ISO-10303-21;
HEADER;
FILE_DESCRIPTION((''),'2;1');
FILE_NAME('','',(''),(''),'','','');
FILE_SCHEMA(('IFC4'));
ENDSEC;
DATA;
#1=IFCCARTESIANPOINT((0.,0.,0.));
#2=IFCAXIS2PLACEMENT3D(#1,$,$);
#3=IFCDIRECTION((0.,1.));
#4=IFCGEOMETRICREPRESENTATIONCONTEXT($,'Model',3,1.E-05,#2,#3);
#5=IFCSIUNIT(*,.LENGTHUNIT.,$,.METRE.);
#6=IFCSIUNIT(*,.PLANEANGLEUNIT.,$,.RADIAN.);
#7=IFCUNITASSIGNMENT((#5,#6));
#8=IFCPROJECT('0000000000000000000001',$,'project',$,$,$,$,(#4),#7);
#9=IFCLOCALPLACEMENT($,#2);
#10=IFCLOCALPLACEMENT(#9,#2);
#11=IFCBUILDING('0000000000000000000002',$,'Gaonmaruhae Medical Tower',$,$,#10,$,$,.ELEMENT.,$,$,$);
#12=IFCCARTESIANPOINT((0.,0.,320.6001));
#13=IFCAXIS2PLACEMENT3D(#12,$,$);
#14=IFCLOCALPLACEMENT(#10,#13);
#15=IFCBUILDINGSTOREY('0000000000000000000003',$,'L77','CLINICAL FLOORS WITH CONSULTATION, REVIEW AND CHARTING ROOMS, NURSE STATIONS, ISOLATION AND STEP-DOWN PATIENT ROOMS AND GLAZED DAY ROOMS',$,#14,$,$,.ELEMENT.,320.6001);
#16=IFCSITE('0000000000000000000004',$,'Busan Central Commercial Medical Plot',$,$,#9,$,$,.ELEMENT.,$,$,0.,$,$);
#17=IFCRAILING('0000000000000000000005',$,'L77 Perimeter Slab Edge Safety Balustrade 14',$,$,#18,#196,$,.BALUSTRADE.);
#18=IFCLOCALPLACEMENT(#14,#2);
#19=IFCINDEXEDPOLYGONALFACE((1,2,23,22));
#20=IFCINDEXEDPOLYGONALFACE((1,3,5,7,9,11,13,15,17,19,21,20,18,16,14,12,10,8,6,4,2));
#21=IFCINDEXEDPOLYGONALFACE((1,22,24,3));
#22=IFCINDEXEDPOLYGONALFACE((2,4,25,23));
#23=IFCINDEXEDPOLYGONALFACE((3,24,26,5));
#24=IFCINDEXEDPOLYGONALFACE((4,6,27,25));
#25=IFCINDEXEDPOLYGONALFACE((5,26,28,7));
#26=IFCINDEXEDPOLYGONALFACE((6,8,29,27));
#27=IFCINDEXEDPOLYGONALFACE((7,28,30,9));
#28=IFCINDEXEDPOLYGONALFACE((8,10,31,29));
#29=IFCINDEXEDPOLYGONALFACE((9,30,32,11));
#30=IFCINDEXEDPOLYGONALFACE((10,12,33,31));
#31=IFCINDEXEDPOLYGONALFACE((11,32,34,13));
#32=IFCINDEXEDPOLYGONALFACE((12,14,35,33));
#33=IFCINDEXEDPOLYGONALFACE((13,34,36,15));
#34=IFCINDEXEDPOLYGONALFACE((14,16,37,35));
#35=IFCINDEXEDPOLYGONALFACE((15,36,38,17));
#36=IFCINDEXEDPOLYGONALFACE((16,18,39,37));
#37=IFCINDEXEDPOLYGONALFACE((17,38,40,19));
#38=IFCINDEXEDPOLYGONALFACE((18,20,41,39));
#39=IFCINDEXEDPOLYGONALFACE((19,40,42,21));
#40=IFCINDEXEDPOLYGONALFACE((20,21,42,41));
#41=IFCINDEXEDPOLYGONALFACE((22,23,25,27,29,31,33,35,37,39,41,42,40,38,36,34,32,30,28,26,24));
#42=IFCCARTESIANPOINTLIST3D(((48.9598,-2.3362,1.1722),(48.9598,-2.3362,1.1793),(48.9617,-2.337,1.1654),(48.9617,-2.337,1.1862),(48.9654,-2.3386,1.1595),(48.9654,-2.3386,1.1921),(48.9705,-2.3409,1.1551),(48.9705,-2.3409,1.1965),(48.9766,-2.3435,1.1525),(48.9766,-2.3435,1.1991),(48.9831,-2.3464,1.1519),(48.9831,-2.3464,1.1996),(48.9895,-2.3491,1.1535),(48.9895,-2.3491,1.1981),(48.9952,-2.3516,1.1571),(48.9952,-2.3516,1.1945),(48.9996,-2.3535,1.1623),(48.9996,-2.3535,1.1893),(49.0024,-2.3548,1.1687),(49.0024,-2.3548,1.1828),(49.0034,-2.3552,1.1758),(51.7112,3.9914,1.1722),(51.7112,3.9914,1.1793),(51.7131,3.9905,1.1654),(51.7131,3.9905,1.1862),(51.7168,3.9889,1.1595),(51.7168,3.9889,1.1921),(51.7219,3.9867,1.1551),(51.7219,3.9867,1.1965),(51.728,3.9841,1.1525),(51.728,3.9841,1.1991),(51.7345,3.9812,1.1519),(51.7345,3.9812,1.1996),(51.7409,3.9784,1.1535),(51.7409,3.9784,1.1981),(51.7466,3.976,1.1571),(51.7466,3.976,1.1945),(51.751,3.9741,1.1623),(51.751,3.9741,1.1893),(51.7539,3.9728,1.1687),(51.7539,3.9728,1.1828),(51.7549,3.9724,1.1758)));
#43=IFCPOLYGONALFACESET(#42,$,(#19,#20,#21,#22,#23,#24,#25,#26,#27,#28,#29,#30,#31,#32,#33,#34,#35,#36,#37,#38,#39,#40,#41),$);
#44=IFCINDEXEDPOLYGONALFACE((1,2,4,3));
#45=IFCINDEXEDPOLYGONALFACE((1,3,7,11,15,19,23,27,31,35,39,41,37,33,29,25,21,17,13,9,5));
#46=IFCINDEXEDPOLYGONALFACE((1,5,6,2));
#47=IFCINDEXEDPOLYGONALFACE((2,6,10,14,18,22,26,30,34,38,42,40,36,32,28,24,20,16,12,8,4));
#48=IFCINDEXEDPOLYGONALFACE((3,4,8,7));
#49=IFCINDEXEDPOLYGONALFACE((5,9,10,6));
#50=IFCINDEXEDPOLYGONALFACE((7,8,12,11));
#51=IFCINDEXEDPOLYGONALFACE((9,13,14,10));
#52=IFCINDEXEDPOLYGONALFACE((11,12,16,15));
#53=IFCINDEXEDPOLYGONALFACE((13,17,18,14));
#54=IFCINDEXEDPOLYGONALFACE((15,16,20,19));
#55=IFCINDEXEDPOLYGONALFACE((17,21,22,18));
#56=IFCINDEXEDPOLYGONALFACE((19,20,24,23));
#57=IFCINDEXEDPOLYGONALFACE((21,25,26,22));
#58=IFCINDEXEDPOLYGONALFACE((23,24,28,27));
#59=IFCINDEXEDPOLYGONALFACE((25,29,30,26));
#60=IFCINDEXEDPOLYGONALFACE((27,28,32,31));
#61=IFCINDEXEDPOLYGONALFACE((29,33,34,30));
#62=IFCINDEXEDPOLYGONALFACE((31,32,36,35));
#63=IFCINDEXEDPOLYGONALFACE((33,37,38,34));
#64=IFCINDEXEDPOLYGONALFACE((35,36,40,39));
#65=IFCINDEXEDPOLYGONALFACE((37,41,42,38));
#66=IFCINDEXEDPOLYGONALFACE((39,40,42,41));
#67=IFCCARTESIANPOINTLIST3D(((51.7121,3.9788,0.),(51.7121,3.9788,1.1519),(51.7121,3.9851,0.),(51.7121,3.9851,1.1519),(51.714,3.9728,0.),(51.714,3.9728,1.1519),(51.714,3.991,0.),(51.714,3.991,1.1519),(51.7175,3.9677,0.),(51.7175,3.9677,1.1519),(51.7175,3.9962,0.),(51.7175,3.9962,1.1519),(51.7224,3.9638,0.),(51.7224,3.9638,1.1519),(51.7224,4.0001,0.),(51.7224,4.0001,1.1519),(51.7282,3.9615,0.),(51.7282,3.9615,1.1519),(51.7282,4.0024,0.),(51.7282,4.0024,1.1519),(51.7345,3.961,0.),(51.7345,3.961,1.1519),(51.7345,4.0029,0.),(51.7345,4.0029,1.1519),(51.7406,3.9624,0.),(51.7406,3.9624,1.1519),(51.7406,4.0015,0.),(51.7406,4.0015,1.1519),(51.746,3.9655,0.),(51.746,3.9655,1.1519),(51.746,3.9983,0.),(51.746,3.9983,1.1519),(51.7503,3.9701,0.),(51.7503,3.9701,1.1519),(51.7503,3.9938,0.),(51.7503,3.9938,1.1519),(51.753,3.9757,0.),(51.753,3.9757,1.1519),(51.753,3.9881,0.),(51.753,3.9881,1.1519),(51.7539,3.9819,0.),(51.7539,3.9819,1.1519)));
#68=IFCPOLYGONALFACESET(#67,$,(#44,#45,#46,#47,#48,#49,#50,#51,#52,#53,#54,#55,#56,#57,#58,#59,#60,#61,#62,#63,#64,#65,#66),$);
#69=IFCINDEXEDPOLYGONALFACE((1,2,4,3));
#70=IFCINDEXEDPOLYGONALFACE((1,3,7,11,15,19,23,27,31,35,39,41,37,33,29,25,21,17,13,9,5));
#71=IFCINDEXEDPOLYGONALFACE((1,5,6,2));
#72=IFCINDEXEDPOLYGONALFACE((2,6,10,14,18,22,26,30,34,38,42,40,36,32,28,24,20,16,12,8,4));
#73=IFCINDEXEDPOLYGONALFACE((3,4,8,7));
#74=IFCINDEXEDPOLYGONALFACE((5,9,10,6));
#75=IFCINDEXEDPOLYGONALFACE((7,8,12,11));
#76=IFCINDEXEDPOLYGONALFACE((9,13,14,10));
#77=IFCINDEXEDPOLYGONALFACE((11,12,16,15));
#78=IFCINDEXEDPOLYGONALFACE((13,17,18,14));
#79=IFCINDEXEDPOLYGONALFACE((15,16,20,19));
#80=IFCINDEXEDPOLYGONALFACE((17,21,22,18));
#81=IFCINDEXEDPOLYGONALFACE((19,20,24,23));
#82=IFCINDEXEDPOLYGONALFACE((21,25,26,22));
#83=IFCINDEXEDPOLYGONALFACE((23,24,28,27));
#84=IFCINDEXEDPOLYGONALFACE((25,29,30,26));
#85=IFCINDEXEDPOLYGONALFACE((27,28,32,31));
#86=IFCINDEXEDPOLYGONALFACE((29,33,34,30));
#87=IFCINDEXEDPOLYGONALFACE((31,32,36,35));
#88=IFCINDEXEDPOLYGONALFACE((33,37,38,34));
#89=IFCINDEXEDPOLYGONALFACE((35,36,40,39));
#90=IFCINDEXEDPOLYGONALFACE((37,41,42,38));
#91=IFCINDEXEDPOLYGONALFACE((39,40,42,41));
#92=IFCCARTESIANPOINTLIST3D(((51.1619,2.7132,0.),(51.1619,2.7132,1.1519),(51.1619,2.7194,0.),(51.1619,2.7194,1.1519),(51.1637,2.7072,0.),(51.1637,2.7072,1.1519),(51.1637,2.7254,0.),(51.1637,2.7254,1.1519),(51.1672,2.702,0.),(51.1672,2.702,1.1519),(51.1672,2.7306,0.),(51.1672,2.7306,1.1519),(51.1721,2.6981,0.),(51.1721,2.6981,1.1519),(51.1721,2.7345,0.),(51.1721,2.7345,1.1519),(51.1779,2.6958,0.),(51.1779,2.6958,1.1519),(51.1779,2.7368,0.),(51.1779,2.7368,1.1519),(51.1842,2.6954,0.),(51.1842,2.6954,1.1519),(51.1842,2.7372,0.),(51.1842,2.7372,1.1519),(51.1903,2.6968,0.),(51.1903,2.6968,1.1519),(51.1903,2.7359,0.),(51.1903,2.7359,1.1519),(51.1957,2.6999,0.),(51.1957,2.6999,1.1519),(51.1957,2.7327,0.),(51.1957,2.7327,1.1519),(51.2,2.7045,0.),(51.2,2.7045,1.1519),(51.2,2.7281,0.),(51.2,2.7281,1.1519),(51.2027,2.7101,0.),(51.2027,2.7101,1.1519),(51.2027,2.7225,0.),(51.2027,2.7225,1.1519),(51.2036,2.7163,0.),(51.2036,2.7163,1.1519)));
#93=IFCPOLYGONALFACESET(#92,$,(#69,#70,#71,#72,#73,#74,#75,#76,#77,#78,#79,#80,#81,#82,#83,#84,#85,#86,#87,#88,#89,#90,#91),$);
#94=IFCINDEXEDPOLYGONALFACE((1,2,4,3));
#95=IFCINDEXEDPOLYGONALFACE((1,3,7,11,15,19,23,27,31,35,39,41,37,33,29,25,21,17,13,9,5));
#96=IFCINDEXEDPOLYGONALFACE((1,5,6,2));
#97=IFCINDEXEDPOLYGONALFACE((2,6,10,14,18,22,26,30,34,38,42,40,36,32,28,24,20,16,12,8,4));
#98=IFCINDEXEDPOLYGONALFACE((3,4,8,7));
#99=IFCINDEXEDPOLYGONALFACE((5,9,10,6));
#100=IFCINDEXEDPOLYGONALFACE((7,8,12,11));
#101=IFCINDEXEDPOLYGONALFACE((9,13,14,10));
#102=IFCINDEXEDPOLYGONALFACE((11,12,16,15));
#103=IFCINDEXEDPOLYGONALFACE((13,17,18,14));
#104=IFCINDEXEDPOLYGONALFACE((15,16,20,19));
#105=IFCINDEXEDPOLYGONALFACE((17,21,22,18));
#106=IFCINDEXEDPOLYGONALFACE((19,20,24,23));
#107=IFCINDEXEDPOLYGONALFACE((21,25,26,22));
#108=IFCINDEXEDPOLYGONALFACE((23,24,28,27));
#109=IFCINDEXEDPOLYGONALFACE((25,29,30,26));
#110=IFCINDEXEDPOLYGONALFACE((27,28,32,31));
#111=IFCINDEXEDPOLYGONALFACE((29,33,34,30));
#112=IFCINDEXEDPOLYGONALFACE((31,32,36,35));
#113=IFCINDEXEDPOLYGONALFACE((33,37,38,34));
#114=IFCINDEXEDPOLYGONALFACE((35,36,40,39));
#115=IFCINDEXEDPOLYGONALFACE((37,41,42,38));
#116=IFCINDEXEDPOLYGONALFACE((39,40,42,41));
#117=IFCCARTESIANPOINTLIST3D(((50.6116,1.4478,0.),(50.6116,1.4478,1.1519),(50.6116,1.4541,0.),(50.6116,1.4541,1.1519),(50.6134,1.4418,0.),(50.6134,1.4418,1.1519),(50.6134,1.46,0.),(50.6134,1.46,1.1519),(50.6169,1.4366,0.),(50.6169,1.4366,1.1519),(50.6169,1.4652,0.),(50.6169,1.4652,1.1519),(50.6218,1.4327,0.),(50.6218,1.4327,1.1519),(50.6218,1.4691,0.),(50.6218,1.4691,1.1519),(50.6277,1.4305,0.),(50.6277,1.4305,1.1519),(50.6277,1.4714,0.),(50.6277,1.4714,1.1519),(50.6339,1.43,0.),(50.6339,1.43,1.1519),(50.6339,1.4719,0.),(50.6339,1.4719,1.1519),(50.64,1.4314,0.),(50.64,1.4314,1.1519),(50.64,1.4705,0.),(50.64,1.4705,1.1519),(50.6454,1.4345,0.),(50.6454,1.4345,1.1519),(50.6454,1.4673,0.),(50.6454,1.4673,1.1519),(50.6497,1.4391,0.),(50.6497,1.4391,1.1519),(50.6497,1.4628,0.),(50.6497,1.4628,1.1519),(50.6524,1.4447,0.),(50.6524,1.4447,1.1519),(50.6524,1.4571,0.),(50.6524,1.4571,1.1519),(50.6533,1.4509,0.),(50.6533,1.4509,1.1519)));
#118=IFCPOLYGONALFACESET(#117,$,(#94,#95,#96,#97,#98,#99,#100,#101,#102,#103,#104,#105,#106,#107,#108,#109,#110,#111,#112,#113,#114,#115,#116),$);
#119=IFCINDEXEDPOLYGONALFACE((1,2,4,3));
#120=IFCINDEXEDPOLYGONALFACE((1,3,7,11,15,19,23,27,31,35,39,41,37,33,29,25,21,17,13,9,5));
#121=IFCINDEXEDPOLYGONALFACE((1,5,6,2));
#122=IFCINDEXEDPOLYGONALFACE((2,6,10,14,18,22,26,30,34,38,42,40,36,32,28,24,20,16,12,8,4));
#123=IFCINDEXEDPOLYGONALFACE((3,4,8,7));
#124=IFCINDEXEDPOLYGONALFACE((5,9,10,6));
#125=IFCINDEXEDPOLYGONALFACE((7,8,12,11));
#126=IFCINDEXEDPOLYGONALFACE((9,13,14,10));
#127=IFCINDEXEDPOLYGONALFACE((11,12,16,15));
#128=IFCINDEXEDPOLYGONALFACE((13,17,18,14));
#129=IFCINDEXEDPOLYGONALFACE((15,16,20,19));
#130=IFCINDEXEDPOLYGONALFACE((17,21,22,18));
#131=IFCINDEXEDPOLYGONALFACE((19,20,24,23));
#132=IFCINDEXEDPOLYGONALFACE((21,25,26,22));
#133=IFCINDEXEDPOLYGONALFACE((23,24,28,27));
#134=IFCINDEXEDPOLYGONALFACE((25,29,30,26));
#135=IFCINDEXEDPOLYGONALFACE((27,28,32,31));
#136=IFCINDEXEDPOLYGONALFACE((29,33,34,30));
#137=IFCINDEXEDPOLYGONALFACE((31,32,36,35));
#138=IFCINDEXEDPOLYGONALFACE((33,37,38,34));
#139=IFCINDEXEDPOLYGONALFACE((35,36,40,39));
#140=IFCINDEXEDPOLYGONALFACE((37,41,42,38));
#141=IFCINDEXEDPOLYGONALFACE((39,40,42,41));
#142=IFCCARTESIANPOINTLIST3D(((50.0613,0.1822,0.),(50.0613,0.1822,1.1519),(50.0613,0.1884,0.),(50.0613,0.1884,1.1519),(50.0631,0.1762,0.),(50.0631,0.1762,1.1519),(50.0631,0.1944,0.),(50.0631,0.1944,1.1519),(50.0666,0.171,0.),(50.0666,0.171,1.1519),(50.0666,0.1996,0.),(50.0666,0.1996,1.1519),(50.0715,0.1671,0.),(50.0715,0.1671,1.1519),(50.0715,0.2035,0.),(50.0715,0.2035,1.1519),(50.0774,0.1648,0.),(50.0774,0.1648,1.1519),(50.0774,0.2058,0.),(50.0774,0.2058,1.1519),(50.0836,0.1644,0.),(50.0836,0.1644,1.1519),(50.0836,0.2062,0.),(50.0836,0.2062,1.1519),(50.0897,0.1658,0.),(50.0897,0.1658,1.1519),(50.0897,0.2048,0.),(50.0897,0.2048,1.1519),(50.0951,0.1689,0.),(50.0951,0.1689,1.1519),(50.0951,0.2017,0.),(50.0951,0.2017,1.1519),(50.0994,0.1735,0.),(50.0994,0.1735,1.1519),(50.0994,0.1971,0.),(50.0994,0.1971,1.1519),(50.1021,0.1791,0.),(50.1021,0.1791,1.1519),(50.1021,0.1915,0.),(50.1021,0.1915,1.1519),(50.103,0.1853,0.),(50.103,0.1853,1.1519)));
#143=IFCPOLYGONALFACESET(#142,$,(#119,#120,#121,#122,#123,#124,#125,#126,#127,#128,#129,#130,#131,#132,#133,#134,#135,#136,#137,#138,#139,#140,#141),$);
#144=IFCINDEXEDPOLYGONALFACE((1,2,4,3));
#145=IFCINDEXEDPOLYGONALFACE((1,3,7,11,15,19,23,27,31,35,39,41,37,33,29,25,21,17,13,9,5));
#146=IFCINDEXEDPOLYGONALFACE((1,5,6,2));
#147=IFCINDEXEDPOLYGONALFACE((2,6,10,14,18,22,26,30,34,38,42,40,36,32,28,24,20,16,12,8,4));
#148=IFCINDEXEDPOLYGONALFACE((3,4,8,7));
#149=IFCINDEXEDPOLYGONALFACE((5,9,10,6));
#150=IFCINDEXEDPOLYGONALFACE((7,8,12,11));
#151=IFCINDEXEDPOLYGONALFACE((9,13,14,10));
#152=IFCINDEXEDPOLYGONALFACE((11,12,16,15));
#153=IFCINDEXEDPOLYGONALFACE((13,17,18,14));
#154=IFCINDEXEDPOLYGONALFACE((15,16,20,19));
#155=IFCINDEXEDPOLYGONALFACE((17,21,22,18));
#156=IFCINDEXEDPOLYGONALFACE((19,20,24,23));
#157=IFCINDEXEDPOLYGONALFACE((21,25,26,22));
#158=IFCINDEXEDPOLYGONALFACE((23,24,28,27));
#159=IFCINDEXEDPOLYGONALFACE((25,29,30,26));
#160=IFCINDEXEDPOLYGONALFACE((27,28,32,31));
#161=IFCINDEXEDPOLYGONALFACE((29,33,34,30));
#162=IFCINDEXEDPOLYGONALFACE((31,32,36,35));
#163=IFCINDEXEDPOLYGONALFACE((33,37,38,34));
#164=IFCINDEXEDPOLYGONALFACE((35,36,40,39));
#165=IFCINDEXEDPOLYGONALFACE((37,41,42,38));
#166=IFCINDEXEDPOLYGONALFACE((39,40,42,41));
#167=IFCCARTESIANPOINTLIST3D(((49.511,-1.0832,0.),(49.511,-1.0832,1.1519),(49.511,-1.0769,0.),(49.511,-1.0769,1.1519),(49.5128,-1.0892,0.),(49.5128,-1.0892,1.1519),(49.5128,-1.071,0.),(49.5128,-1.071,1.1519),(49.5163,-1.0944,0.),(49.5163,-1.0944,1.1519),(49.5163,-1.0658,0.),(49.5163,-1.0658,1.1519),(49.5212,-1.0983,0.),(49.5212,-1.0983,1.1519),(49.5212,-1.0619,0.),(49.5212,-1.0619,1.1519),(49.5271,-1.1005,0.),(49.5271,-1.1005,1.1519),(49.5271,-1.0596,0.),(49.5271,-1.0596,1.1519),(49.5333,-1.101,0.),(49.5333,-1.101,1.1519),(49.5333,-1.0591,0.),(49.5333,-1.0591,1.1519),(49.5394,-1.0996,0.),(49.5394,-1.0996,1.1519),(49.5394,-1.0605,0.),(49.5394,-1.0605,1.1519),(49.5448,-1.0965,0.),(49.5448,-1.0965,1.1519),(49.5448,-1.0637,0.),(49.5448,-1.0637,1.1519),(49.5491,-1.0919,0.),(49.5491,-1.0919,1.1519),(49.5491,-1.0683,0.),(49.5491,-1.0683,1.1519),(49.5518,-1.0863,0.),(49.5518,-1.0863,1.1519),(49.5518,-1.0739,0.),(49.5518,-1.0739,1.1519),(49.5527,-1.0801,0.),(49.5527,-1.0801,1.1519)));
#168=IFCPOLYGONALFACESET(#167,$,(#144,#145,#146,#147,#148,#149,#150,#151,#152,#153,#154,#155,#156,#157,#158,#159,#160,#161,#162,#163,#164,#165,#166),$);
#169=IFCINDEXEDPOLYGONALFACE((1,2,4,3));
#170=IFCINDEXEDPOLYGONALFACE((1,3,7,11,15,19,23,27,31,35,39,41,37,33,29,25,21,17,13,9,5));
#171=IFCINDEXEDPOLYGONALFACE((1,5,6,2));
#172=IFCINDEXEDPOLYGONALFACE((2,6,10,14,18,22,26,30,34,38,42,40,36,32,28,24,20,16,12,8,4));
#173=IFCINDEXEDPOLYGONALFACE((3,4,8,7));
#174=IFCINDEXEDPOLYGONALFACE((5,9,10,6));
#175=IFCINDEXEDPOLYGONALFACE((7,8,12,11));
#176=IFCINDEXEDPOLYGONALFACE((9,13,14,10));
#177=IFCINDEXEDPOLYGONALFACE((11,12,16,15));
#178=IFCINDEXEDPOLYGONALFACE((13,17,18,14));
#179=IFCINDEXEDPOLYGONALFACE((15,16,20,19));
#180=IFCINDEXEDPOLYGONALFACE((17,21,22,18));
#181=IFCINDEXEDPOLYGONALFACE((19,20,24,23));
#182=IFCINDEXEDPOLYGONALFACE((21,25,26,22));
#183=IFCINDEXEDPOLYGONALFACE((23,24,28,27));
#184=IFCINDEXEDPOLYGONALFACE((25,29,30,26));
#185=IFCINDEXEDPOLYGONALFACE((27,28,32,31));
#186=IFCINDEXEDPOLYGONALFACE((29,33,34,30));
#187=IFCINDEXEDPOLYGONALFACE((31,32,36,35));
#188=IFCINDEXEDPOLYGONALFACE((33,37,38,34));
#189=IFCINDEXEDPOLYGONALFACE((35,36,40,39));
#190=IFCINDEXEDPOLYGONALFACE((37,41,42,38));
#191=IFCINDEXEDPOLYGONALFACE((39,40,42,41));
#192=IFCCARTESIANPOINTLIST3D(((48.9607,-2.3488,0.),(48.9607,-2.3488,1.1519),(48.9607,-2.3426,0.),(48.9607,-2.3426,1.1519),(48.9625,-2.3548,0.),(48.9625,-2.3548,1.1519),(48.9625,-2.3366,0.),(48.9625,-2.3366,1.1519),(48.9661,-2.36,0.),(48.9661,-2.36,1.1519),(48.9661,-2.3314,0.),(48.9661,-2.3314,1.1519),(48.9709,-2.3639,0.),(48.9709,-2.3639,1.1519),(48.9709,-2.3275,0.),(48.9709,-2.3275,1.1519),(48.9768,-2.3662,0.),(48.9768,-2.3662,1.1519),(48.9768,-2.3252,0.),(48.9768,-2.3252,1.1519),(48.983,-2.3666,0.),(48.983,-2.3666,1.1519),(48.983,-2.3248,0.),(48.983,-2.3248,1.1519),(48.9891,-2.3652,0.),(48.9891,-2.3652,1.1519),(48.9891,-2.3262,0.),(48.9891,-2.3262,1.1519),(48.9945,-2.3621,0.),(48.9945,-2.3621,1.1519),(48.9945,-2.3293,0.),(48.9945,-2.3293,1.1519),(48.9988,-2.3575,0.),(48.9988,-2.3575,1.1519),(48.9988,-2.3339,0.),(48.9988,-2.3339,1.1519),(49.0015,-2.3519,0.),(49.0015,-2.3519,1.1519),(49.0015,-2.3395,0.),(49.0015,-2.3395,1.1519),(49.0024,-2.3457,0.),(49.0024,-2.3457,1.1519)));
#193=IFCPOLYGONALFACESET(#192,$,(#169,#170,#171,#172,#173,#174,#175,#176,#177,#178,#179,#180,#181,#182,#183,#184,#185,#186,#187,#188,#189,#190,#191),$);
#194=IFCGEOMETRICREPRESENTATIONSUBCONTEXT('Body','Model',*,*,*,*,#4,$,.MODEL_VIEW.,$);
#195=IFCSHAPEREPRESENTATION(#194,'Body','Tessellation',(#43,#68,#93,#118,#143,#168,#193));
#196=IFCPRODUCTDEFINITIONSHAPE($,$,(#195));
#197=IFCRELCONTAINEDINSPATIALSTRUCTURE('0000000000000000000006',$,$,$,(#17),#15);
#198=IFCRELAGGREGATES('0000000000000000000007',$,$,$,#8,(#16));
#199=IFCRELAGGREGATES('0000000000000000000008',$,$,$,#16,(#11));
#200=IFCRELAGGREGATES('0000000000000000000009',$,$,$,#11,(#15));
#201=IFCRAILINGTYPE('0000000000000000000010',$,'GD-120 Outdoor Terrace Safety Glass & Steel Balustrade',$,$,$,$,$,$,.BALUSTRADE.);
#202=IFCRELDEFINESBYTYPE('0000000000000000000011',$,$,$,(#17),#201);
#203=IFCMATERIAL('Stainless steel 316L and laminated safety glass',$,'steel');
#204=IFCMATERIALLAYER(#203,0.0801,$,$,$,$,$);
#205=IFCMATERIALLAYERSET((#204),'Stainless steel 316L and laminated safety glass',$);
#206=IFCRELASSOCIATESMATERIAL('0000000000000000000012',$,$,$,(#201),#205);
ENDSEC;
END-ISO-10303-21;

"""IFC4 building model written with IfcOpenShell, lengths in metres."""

from ifc_helpers import new_model, si_unit, direction, frame, origin, origin_2d, place, context, subcontext, project, spatial, circle, extrude, material, layer, layer_set, type_object, element, save


model = new_model("IFC4")

# Units and contexts
model_context = context("Model", 3, precision=1e-05, world=origin(), true_north=direction((0.0, 1.0)))
body_context = subcontext(model_context, "Body", "Model", "MODEL_VIEW")
ifc_project = project(units=[si_unit("LENGTHUNIT", "METRE"), si_unit("PLANEANGLEUNIT", "RADIAN")], contexts=[model_context])

# Site, building, storey
site_placement = place(None, origin())
site = spatial("IfcSite", under=ifc_project, at=site_placement, Name="Busan Central Commercial Medical Plot", CompositionType="ELEMENT", RefElevation=0.0)
building_placement = place(site_placement, origin())
building = spatial("IfcBuilding", under=site, at=building_placement, Name="Gaonmaruhae Medical Tower", CompositionType="ELEMENT")
storey_placement = place(building_placement, frame((0.0, 0.0, 320.6001)))
storey = spatial("IfcBuildingStorey", under=building, at=storey_placement, Name="L77", Description="CLINICAL FLOORS WITH CONSULTATION, REVIEW AND CHARTING ROOMS, NURSE STATIONS, ISOLATION AND STEP-DOWN PATIENT ROOMS AND GLAZED DAY ROOMS", CompositionType="ELEMENT", Elevation=320.6001)

# Railing
ifc_material_1 = material(Name="Stainless steel 316L and laminated safety glass", Category="steel")
ifc_layer_1 = layer(ifc_material_1, 0.0801)
ifc_layer_set_1 = layer_set([ifc_layer_1], Name="Stainless steel 316L and laminated safety glass")
railing_type = type_object("IfcRailingType", Name="GD-120 Outdoor Terrace Safety Glass & Steel Balustrade", PredefinedType="BALUSTRADE", material=ifc_layer_set_1)
railing_1_placement = place(storey_placement, frame((51.7329, 3.9819, 0.0)))
element("IfcRailing", 1, at=railing_1_placement, inside=storey, type_object=railing_type, Name="L77 Perimeter Slab Edge Safety Balustrade 14", PredefinedType="BALUSTRADE", context=body_context, shape_type="SweptSolid", body=[
    extrude(circle(Radius=0.0239, at=origin_2d()), frame((0.0, 0.0, 1.1758), z_axis=(-0.398765, -0.917053, 0.0), x_axis=(0.917053, -0.398765, 0.0)), (0.0, 0.0, 1.0), 6.8999),
    extrude(circle(Radius=0.021, at=origin_2d()), origin(), (0.0, 0.0, 1.0), 1.1519),
    extrude(circle(Radius=0.021, at=origin_2d()), frame((-0.5503, -1.2656, 0.0)), (0.0, 0.0, 1.0), 1.1519),
    extrude(circle(Radius=0.021, at=origin_2d()), frame((-1.1006, -2.531, 0.0)), (0.0, 0.0, 1.0), 1.1519),
    extrude(circle(Radius=0.021, at=origin_2d()), frame((-1.6509, -3.7966, 0.0)), (0.0, 0.0, 1.0), 1.1519),
    extrude(circle(Radius=0.021, at=origin_2d()), frame((-2.2012, -5.062, 0.0)), (0.0, 0.0, 1.0), 1.1519),
    extrude(circle(Radius=0.021, at=origin_2d()), frame((-2.7515, -6.3276, 0.0)), (0.0, 0.0, 1.0), 1.1519),
])

save(model, "model.ifc")
